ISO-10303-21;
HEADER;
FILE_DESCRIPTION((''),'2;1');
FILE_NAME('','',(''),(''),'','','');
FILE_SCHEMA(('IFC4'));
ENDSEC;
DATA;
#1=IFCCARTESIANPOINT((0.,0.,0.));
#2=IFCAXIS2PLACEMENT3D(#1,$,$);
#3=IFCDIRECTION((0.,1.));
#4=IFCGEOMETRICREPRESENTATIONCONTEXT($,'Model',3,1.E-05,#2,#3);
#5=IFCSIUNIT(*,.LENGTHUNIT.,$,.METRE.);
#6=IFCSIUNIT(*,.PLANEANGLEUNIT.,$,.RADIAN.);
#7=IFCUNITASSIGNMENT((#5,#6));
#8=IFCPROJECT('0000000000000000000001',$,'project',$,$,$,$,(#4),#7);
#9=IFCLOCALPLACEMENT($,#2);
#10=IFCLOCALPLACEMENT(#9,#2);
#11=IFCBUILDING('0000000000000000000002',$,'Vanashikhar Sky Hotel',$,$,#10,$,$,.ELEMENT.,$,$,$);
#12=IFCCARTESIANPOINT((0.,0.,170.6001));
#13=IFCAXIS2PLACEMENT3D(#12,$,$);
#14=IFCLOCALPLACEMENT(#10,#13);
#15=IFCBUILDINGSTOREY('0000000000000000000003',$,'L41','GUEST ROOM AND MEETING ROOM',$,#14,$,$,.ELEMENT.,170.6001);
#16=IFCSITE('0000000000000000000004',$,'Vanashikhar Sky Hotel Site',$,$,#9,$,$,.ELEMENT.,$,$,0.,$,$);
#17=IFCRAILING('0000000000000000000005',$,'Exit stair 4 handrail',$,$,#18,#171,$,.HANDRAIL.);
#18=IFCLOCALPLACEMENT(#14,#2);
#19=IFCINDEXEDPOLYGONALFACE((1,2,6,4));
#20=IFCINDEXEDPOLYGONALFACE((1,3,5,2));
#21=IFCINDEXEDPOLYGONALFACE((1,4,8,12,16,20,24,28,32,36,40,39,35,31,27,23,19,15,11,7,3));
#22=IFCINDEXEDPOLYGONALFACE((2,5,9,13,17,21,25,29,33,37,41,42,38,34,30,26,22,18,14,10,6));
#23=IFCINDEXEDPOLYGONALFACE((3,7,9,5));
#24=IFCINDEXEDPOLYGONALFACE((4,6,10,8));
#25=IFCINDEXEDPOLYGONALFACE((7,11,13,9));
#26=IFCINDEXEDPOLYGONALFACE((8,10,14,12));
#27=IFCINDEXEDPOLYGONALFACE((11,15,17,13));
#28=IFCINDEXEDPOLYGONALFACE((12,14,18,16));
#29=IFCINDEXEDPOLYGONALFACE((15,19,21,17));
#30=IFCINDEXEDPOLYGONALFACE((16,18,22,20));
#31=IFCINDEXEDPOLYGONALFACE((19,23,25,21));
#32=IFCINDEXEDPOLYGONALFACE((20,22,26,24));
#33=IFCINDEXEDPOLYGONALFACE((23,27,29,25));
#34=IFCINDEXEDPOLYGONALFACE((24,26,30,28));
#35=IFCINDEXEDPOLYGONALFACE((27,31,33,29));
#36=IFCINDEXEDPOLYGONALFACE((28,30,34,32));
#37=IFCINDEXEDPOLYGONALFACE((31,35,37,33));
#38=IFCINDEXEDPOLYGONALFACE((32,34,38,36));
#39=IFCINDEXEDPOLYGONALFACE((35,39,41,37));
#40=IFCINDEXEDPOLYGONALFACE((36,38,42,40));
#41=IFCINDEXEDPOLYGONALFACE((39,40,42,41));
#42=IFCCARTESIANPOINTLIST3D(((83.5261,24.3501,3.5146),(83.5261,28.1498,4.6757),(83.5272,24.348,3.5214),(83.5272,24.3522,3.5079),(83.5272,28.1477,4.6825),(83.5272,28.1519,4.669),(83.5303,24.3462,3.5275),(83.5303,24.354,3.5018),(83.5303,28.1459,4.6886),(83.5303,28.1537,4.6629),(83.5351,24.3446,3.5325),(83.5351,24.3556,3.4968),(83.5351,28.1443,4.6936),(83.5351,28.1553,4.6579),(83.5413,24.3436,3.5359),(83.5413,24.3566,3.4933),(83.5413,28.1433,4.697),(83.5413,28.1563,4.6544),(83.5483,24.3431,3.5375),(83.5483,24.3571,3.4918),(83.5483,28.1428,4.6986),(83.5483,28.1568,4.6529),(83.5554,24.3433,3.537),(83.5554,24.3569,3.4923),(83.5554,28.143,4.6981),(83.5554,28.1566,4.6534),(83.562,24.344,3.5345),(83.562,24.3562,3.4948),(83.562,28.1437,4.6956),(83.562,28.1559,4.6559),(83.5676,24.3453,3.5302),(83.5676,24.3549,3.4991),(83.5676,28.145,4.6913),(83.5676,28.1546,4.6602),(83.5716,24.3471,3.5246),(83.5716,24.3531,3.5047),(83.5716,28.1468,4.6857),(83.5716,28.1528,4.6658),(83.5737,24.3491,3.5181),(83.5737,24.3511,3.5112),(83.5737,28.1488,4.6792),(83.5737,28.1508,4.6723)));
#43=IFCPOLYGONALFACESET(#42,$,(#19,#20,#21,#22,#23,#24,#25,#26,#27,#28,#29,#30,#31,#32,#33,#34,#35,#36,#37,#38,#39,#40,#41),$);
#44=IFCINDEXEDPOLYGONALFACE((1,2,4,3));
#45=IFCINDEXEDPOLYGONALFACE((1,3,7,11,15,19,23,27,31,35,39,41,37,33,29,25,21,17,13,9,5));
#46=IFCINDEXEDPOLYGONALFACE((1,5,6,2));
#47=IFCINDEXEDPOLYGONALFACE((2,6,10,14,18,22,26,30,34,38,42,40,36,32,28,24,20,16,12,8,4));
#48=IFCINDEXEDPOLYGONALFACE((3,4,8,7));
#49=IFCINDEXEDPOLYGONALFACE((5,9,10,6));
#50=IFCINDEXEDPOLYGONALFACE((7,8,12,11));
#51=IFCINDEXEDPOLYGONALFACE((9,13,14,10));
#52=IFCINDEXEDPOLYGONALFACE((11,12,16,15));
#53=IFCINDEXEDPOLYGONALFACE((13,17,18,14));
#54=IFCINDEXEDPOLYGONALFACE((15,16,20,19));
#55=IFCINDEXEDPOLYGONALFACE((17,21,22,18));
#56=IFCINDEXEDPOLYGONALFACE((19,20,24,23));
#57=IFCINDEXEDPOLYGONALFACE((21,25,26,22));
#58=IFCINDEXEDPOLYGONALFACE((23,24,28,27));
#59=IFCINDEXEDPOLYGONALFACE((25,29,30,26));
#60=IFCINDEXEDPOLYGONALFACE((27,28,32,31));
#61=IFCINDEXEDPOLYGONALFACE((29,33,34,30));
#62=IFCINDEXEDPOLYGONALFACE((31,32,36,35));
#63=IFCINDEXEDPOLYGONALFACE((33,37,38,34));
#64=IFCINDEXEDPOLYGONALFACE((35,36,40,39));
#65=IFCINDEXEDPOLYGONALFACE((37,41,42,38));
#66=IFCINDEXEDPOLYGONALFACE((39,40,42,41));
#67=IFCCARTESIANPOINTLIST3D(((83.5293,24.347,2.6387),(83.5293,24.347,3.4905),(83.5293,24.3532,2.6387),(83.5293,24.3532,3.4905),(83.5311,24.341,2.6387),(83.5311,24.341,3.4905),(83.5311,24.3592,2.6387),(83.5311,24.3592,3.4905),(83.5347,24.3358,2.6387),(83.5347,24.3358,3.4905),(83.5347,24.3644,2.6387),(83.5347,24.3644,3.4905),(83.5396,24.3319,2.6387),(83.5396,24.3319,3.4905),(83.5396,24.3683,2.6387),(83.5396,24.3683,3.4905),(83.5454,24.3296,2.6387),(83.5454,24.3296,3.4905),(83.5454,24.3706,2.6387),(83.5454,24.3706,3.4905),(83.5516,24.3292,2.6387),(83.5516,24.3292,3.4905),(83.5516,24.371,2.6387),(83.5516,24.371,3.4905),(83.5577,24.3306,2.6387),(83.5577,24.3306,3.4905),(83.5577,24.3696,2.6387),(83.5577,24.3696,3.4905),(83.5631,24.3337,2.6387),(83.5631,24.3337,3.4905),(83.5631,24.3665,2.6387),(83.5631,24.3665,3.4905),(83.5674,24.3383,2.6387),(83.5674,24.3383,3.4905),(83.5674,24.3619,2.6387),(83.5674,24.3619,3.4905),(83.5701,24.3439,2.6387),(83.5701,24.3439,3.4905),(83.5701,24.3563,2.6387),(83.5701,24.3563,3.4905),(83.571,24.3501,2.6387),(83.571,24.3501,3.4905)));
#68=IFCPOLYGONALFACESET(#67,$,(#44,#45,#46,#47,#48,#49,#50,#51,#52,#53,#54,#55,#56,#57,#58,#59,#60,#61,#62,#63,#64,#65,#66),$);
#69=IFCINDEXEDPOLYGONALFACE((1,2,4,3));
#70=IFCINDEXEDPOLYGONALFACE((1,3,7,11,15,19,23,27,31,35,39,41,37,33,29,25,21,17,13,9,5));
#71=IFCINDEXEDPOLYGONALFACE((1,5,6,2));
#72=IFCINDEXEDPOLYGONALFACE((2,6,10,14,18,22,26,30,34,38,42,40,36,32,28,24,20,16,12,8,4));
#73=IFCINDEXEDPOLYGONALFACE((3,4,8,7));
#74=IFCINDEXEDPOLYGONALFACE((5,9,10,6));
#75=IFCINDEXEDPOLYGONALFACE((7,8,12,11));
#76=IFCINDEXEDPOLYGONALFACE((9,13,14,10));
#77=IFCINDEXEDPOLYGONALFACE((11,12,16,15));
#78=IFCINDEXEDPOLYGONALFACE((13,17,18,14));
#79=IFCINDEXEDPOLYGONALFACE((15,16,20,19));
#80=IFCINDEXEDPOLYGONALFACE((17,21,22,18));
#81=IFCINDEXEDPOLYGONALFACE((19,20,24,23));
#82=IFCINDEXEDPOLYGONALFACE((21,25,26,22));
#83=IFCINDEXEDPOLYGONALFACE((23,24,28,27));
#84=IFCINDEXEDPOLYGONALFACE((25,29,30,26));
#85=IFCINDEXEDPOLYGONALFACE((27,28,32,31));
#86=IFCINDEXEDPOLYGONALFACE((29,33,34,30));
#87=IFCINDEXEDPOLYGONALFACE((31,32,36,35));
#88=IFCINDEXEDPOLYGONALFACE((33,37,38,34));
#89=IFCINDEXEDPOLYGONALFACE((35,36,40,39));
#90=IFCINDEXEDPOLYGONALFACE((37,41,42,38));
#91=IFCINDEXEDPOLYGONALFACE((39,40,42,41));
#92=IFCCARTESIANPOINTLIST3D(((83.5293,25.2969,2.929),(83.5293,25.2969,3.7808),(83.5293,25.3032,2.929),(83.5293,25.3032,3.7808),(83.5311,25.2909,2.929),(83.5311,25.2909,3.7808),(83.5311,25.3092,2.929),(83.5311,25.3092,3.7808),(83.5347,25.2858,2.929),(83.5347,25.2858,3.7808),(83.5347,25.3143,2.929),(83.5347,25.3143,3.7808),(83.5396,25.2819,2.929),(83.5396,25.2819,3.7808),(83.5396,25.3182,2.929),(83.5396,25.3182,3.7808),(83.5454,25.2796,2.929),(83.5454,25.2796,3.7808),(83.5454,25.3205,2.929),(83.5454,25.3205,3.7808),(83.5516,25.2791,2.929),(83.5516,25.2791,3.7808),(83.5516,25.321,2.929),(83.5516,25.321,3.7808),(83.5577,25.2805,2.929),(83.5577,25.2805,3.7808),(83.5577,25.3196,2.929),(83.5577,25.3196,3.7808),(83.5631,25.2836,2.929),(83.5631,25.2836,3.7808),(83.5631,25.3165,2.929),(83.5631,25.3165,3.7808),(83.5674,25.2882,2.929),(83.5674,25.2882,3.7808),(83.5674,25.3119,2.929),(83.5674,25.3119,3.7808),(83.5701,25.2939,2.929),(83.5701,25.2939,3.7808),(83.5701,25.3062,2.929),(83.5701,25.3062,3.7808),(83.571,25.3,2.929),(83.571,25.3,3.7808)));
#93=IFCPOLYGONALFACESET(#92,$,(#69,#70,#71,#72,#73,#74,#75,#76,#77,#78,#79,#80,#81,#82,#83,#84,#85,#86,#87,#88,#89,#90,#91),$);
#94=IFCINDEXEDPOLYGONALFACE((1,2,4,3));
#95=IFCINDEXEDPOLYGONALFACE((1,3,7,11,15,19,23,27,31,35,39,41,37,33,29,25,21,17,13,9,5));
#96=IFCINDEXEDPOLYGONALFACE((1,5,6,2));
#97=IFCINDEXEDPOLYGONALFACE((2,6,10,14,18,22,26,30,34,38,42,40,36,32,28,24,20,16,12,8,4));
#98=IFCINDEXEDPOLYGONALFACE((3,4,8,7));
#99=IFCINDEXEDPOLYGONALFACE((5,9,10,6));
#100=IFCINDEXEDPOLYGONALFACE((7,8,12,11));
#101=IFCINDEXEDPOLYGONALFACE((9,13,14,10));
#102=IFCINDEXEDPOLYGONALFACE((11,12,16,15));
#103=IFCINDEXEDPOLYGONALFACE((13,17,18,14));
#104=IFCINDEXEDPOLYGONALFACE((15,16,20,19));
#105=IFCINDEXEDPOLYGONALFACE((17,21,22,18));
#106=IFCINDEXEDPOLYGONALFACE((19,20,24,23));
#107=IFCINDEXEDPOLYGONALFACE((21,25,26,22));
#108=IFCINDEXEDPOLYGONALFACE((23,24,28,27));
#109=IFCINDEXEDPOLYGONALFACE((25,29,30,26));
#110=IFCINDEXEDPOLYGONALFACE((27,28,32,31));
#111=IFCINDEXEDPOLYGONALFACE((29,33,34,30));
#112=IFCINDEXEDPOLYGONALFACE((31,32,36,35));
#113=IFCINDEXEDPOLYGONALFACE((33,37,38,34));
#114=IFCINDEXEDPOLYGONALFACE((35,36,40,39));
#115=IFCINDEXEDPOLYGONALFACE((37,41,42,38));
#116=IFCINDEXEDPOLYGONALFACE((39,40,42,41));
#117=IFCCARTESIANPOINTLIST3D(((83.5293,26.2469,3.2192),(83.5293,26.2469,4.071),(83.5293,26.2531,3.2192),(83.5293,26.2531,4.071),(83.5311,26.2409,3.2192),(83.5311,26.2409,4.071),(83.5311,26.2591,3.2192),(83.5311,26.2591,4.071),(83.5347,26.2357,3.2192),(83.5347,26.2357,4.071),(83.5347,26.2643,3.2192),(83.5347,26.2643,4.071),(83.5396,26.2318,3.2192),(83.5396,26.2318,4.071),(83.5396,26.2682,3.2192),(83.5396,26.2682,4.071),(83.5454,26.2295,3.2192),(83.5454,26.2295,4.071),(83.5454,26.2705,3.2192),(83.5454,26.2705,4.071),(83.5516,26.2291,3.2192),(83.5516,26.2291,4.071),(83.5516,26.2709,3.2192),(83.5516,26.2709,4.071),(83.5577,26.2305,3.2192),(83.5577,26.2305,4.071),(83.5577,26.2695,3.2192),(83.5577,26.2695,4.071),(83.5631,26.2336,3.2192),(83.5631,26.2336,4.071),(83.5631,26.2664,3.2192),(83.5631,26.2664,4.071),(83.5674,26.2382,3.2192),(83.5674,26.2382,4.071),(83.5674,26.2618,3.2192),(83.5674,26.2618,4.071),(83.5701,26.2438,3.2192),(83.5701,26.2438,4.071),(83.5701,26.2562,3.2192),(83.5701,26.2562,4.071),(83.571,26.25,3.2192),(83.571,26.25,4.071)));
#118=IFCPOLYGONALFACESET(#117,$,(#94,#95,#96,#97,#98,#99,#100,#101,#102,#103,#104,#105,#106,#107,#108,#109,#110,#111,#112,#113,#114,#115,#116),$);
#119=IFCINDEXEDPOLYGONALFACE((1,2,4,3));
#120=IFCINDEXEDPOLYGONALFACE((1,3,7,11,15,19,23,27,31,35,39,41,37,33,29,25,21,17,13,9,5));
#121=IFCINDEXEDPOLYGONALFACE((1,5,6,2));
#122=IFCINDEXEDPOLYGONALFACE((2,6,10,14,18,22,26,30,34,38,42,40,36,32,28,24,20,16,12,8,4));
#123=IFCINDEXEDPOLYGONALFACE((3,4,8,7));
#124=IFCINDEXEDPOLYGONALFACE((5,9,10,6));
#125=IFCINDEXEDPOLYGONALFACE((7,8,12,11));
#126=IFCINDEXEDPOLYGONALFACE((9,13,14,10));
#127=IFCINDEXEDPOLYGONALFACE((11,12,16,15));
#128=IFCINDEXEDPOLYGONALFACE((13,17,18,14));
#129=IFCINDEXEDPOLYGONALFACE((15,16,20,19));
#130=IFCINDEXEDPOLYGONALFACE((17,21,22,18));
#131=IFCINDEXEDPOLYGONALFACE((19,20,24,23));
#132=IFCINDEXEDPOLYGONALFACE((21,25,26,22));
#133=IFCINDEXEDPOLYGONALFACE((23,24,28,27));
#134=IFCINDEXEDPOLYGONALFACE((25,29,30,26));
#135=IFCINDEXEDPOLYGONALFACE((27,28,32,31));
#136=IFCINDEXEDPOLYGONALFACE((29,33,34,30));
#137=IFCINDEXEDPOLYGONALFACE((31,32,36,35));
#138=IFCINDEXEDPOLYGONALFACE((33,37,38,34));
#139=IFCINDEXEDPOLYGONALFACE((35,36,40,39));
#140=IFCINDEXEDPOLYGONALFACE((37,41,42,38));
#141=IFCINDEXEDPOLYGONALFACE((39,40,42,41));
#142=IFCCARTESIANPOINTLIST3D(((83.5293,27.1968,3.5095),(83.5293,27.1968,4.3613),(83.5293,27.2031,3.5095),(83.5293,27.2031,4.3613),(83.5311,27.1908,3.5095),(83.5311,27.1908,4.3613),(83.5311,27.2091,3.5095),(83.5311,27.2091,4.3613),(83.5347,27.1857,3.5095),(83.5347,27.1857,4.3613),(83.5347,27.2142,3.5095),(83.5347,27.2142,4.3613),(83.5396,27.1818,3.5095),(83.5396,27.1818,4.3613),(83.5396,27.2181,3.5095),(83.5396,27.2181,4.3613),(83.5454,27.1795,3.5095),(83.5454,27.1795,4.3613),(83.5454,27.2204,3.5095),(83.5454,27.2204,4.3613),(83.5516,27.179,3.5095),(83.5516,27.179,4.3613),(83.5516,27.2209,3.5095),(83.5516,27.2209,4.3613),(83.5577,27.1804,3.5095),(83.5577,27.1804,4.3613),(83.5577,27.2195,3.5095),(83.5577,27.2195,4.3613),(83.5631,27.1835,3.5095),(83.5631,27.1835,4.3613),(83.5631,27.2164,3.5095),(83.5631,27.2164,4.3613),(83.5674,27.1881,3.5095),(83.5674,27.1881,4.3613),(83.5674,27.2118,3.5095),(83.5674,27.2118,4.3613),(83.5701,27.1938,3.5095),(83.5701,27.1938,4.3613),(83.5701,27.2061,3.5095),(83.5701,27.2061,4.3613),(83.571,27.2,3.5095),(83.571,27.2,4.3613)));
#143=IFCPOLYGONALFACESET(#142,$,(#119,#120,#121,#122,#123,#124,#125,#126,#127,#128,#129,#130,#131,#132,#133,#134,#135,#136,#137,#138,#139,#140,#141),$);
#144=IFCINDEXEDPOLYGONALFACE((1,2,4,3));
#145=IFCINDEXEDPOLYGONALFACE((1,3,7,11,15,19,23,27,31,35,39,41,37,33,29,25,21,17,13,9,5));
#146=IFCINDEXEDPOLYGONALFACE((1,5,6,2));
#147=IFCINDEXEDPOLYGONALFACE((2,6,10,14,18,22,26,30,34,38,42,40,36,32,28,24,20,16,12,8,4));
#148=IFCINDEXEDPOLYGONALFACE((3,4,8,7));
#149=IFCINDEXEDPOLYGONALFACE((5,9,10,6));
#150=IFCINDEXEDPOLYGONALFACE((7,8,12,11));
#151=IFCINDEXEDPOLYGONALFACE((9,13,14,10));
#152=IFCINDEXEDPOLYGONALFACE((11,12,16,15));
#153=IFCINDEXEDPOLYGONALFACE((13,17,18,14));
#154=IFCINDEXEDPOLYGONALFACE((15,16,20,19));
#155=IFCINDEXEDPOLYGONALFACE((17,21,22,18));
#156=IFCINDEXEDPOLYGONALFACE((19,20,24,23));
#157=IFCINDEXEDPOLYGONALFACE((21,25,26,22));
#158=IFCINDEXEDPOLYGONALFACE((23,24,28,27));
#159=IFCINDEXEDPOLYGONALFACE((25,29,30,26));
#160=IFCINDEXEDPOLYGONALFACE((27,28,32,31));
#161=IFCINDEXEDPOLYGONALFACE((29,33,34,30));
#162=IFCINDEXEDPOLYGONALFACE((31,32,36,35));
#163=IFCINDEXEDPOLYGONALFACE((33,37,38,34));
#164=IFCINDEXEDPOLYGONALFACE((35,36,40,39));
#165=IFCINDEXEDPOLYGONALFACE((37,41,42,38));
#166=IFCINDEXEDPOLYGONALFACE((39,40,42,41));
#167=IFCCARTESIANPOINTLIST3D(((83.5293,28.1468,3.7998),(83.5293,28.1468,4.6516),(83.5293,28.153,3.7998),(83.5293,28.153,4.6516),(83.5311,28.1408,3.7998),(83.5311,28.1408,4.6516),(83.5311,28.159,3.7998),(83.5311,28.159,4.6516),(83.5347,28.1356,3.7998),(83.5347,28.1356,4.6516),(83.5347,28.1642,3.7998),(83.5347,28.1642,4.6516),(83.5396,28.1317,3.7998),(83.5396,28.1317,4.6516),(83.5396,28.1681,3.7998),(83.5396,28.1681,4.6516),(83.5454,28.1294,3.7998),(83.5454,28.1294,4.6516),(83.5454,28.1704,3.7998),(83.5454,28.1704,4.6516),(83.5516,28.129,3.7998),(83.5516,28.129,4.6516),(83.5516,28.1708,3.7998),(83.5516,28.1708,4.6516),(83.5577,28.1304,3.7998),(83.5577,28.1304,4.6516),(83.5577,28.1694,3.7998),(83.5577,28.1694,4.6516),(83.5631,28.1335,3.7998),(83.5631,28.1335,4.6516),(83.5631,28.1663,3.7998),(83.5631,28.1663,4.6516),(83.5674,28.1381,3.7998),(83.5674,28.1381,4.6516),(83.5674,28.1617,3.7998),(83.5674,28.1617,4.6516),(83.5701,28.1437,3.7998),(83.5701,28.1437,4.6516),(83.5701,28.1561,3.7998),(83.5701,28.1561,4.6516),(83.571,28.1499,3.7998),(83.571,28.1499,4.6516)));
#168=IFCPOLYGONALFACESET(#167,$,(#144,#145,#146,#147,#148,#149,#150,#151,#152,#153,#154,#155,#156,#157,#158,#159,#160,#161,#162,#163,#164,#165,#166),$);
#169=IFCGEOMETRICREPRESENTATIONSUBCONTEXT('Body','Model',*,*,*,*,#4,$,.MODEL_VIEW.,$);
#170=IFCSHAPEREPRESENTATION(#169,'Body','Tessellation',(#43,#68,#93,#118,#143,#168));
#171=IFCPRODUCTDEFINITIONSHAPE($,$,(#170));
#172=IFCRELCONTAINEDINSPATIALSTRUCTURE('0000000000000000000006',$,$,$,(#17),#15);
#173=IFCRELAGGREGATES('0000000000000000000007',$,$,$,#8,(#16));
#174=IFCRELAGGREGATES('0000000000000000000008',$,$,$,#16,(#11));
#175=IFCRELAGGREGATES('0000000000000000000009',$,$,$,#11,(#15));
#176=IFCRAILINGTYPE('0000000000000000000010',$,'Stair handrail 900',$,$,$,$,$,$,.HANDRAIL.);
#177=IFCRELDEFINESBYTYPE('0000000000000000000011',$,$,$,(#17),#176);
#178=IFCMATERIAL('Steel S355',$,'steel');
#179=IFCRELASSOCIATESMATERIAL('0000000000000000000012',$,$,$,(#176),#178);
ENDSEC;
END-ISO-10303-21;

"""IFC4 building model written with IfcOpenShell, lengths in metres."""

from ifc_helpers import new_model, si_unit, direction, frame, origin, origin_2d, place, context, subcontext, project, spatial, circle, extrude, source, transform, mapped, material, type_object, element, save


model = new_model("IFC4")

# Units and contexts
model_context = context("Model", 3, precision=1e-05, world=origin(), true_north=direction((0.0, 1.0)))
body_context = subcontext(model_context, "Body", "Model", "MODEL_VIEW")
ifc_project = project(units=[si_unit("LENGTHUNIT", "METRE"), si_unit("PLANEANGLEUNIT", "RADIAN")], contexts=[model_context])

# Site, building, storey
site_placement = place(None, origin())
site = spatial("IfcSite", under=ifc_project, at=site_placement, Name="Vanashikhar Sky Hotel Site", CompositionType="ELEMENT", RefElevation=0.0)
building_placement = place(site_placement, origin())
building = spatial("IfcBuilding", under=site, at=building_placement, Name="Vanashikhar Sky Hotel", CompositionType="ELEMENT")
storey_placement = place(building_placement, frame((0.0, 0.0, 170.6001)))
storey = spatial("IfcBuildingStorey", under=building, at=storey_placement, Name="L41", Description="GUEST ROOM AND MEETING ROOM", CompositionType="ELEMENT", Elevation=170.6001)

# Railing
ifc_material_1 = material(Name="Steel S355", Category="steel")
railing_type_1 = type_object("IfcRailingType", Name="Stair handrail 900", PredefinedType="HANDRAIL", material=ifc_material_1)
shared_shape_1 = source(origin(), body_context, "Body", "SweptSolid", [
    extrude(circle(Radius=0.0239, at=origin_2d()), frame((0.0, 0.0, 0.876), z_axis=(0.0, 0.956346, 0.292237), x_axis=(-1.0, 0.0, 0.0)), (0.0, 0.0, 1.0), 3.9731),
    extrude(circle(Radius=0.021, at=origin_2d()), origin(), (0.0, 0.0, 1.0), 0.8518),
    extrude(circle(Radius=0.021, at=origin_2d()), frame((0.0, 0.95, 0.2903)), (0.0, 0.0, 1.0), 0.8518),
    extrude(circle(Radius=0.021, at=origin_2d()), frame((0.0, 1.8999, 0.5806)), (0.0, 0.0, 1.0), 0.8518),
    extrude(circle(Radius=0.021, at=origin_2d()), frame((0.0, 2.8499, 0.8708)), (0.0, 0.0, 1.0), 0.8518),
    extrude(circle(Radius=0.021, at=origin_2d()), frame((0.0, 3.7998, 1.1611)), (0.0, 0.0, 1.0), 0.8518),
])
for number, where, name in (
    (1, (83.55, 24.3501, 2.6387), "Exit stair 4 handrail"),
):
    element("IfcRailing", number, at=place(storey_placement, frame(where)), inside=storey, type_object=railing_type_1, Name=name, PredefinedType="HANDRAIL", context=body_context, shape_type="MappedRepresentation", body=[
        mapped(shared_shape_1, transform((0.0, 0.0, 0.0), scale=1.0)),
    ])

save(model, "model.ifc")
